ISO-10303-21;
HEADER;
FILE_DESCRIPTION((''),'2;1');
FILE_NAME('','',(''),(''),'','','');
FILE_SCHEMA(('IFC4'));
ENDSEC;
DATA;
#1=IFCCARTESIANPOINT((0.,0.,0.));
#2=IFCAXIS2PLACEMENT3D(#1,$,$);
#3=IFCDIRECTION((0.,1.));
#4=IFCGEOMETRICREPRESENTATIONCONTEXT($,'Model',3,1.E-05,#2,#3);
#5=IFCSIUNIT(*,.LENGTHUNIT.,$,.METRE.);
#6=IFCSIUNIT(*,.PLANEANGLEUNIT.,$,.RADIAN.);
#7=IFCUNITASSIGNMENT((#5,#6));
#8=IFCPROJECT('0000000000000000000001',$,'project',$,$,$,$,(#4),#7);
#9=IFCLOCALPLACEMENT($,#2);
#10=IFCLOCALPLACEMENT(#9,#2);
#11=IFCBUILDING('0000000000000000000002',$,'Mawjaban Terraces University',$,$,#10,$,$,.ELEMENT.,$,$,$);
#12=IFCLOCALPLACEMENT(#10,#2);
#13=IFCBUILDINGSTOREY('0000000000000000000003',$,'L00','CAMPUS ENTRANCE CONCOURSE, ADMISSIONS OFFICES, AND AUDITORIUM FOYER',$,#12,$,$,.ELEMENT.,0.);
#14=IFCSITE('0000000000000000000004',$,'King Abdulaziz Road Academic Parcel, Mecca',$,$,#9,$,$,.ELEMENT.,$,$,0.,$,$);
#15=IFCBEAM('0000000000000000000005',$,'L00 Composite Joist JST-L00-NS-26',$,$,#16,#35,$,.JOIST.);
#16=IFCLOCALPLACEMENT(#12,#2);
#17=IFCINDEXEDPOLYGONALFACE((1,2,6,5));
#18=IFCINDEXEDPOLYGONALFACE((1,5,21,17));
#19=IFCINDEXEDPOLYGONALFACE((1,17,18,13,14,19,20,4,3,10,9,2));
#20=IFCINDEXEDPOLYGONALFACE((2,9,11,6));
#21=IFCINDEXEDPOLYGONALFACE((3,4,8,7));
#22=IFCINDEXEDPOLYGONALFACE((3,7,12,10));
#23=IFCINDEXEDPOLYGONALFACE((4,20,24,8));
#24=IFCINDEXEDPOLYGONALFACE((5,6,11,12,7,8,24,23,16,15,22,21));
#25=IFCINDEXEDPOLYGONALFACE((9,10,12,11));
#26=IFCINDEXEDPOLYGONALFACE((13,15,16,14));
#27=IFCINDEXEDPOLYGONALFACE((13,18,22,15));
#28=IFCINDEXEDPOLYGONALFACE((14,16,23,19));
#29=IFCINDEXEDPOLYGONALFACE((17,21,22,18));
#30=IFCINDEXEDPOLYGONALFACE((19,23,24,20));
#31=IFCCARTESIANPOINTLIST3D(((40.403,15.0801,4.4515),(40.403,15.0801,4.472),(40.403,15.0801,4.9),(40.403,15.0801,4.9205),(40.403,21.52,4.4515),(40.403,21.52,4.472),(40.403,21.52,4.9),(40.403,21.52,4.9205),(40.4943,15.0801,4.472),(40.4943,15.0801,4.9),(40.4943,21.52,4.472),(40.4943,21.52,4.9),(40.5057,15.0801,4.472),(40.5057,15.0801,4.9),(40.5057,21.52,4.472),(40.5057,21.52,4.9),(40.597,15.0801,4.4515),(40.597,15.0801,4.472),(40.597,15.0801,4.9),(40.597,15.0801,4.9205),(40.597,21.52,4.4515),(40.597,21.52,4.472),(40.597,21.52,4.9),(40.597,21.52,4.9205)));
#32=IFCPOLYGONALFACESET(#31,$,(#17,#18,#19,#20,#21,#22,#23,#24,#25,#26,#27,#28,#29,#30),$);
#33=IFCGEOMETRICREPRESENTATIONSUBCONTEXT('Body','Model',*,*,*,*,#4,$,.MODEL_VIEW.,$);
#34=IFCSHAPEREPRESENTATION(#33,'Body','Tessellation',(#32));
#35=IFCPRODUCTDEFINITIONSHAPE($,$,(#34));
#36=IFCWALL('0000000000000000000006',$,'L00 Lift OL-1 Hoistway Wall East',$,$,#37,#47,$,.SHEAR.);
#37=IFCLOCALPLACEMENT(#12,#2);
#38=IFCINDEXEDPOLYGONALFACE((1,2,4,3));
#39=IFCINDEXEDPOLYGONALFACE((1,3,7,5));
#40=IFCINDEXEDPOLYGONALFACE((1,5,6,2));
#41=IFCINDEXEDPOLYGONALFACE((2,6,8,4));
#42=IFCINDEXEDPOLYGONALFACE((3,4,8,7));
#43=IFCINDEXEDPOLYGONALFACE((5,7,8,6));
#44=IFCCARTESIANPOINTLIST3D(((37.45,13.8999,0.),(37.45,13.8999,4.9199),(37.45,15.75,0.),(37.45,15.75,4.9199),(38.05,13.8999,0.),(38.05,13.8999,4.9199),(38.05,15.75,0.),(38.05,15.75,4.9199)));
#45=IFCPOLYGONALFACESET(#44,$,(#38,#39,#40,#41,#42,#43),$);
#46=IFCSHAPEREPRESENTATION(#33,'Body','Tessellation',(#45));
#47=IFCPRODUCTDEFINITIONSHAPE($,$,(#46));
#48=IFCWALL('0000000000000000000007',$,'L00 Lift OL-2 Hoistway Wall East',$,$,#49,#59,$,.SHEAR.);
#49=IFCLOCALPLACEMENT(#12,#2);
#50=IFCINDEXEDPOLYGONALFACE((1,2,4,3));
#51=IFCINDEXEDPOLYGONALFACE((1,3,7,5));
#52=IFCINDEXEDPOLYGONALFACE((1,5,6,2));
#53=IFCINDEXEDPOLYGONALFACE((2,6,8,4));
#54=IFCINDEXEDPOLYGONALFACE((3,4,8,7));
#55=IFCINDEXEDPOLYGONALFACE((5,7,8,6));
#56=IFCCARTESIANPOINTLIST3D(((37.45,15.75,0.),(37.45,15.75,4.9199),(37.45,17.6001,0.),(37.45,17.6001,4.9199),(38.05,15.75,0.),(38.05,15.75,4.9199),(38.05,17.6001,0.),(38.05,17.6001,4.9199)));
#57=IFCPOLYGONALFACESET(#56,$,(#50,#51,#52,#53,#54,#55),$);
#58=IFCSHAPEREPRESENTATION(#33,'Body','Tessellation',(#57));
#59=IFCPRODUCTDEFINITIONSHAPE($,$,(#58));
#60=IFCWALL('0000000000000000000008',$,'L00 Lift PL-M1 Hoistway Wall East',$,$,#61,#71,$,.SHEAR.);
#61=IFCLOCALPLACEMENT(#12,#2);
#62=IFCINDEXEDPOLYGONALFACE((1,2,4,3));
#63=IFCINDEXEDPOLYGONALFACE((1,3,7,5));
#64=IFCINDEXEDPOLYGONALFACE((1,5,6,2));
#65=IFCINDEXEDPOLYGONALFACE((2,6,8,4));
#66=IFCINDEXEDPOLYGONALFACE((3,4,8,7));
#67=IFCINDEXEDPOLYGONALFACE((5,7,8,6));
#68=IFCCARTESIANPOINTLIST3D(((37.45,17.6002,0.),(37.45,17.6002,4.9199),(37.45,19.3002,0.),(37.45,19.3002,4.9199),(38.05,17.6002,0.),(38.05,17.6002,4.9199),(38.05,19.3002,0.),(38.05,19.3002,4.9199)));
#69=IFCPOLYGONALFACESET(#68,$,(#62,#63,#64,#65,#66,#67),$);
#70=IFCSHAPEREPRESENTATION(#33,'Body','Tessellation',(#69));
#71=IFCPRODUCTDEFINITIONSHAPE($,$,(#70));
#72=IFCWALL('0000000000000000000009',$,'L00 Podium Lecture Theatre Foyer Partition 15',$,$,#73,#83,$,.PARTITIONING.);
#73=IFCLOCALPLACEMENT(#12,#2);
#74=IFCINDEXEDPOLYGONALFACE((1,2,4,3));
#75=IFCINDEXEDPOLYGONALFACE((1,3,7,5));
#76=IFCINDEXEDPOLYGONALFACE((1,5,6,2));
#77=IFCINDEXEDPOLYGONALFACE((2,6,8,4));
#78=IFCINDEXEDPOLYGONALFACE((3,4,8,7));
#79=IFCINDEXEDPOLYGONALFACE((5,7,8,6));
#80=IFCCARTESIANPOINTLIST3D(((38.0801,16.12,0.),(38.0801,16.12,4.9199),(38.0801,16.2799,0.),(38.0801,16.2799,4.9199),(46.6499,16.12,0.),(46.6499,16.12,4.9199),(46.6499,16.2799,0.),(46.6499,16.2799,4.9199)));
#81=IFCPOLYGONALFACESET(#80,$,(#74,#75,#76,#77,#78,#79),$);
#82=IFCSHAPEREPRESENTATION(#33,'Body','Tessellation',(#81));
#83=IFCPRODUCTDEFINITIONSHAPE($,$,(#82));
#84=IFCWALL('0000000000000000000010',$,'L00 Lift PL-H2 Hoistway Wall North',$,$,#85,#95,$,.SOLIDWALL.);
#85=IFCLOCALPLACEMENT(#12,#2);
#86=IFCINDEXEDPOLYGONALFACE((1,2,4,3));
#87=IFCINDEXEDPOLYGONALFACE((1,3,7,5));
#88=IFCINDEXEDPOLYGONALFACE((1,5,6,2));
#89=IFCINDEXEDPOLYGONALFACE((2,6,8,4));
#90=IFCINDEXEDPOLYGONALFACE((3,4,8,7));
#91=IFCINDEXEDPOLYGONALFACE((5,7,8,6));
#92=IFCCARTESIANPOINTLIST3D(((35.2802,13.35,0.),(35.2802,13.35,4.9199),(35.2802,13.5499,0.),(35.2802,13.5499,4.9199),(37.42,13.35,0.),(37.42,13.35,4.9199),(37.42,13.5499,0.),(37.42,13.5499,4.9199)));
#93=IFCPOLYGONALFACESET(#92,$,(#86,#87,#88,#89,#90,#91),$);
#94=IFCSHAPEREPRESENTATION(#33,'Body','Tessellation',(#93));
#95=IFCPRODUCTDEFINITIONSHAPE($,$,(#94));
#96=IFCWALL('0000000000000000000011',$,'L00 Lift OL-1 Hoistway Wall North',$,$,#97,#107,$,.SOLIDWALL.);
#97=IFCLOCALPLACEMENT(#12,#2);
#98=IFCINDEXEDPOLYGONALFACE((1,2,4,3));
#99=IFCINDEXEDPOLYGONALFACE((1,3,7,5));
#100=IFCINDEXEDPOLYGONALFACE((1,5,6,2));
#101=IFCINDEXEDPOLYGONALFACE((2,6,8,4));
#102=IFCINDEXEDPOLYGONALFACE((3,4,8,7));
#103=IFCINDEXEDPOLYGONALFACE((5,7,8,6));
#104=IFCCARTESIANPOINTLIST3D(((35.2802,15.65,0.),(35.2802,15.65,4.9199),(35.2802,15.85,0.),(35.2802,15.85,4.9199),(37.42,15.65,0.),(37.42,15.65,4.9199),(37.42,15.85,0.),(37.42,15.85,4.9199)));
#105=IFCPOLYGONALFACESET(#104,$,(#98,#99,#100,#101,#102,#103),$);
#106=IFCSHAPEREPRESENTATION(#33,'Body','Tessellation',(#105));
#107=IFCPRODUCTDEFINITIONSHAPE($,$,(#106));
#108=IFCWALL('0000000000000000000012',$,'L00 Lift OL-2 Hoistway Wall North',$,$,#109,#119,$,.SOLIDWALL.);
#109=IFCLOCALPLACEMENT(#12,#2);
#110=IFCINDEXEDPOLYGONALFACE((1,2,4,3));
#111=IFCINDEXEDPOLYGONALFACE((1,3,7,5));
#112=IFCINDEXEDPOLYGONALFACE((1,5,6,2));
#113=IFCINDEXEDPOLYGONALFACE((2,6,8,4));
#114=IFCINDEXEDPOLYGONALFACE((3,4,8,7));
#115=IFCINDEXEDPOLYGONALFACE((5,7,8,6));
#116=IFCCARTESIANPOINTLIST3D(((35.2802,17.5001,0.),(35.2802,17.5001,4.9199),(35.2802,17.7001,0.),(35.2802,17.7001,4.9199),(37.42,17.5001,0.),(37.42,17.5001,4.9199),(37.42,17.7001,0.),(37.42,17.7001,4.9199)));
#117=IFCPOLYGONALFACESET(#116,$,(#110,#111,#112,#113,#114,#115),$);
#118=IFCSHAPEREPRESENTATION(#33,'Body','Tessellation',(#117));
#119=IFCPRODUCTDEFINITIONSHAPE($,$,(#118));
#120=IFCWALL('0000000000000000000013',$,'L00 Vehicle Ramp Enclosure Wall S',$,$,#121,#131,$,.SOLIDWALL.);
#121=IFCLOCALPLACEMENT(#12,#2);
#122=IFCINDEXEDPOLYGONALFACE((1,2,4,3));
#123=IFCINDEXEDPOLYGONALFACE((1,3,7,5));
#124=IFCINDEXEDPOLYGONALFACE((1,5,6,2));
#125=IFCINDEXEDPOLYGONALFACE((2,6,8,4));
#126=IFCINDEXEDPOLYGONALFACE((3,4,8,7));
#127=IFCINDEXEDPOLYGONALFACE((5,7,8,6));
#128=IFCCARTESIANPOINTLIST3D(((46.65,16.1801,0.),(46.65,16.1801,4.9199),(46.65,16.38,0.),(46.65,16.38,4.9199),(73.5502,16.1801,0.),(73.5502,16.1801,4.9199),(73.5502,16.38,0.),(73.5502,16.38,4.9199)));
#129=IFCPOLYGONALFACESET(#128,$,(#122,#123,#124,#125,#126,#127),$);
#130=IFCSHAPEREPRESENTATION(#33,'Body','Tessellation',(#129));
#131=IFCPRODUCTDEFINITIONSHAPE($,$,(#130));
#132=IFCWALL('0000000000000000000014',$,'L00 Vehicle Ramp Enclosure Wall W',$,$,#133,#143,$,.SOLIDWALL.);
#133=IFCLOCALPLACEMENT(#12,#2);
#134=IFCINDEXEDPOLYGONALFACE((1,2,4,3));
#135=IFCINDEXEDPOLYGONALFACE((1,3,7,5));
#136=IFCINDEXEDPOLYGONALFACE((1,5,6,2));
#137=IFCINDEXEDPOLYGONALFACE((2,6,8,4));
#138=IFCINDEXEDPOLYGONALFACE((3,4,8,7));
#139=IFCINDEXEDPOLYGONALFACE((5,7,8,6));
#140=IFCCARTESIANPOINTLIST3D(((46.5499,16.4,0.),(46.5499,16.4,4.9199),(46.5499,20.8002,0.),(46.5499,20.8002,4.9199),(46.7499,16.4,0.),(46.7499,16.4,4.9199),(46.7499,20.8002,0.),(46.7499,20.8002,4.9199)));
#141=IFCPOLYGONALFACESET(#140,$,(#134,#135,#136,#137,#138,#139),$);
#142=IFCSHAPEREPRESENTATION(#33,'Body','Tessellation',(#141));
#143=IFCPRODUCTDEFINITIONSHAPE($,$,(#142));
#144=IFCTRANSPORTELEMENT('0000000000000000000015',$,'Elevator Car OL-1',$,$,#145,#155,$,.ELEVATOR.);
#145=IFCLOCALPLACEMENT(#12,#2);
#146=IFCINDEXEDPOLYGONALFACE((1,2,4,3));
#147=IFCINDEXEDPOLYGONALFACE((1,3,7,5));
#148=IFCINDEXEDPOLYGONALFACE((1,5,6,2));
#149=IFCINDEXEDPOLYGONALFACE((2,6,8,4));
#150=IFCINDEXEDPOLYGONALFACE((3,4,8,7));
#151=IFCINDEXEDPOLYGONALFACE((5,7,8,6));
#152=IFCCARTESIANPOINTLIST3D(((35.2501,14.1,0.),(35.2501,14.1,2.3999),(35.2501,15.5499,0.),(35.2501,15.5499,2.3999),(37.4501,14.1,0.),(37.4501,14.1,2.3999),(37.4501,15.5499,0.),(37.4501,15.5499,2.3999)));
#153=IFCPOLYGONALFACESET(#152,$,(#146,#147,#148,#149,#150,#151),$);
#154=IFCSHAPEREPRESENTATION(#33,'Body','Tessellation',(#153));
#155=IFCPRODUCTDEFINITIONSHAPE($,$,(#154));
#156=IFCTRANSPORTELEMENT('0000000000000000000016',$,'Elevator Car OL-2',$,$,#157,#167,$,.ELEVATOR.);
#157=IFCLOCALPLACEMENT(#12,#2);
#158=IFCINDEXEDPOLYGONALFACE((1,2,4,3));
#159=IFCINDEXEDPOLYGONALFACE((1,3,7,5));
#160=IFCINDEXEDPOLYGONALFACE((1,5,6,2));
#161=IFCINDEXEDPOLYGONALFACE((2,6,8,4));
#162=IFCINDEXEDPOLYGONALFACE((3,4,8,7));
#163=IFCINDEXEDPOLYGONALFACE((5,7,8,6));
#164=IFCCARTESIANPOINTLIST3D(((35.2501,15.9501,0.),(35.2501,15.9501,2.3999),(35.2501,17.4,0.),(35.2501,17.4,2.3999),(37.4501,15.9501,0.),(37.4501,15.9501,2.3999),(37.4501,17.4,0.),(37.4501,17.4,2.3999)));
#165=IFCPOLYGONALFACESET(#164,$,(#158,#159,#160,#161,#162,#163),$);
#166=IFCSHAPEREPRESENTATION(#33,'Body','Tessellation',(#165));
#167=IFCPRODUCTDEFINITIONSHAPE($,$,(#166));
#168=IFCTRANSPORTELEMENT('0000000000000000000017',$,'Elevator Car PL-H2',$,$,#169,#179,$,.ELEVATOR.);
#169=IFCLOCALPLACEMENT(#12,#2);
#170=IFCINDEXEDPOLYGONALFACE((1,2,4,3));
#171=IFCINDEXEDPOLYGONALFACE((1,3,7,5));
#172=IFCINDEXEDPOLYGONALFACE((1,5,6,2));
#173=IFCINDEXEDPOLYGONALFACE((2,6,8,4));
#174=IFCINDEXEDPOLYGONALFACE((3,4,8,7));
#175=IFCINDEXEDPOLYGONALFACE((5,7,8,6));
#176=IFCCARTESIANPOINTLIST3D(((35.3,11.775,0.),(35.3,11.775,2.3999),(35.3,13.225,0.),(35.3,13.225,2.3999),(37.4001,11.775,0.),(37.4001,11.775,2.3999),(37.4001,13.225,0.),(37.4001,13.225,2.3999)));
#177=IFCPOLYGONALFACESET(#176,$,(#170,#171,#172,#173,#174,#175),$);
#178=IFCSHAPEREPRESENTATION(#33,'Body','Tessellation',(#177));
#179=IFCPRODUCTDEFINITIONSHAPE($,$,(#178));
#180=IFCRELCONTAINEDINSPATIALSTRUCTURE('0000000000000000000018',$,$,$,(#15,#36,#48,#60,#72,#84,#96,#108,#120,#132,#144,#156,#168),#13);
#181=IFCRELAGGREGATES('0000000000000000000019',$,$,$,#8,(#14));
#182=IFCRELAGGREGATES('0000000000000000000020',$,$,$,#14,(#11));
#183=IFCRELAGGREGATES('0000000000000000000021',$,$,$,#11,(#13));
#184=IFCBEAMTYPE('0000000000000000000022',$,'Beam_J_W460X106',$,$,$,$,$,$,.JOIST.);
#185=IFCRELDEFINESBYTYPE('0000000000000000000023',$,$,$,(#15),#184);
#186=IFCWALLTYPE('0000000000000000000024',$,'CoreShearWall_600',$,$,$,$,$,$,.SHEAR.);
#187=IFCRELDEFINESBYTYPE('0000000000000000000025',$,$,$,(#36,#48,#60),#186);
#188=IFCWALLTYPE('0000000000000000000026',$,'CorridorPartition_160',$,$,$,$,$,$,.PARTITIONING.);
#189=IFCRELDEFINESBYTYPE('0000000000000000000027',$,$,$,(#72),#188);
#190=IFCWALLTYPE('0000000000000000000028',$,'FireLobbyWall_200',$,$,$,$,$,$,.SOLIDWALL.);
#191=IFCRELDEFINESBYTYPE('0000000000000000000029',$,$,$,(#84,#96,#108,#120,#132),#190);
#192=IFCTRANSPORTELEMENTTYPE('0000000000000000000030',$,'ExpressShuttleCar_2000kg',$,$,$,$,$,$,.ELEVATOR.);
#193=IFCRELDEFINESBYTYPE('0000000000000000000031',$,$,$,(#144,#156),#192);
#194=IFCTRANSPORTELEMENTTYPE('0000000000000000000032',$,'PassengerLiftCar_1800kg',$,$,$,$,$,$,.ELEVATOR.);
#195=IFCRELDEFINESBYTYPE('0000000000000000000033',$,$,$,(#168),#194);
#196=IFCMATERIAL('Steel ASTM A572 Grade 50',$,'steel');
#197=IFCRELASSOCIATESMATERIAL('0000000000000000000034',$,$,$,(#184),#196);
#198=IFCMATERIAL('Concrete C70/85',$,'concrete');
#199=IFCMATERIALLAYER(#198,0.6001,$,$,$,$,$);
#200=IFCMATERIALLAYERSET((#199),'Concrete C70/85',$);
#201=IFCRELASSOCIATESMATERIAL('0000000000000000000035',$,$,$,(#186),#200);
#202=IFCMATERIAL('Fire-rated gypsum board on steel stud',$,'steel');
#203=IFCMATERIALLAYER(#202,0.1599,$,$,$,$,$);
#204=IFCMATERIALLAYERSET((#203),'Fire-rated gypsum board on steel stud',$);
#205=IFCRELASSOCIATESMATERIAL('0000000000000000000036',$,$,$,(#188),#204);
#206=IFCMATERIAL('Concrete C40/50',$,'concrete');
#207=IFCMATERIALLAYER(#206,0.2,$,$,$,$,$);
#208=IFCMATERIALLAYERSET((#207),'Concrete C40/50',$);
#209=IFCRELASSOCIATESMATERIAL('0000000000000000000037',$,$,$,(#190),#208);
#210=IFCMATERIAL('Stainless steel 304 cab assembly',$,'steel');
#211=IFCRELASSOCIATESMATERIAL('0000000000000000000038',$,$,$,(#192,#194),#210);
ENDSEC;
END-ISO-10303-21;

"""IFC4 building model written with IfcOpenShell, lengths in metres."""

from ifc_helpers import new_model, si_unit, direction, frame, frame_2d, origin, origin_2d, place, context, subcontext, project, spatial, rectangle, i_section, extrude, material, layer, layer_set, material_profile, profile_set, type_object, element, save


model = new_model("IFC4")

# Units and contexts
model_context = context("Model", 3, precision=1e-05, world=origin(), true_north=direction((0.0, 1.0)))
body_context = subcontext(model_context, "Body", "Model", "MODEL_VIEW")
ifc_project = project(units=[si_unit("LENGTHUNIT", "METRE"), si_unit("PLANEANGLEUNIT", "RADIAN")], contexts=[model_context])

# Site, building, storey
site_placement = place(None, origin())
site = spatial("IfcSite", under=ifc_project, at=site_placement, Name="King Abdulaziz Road Academic Parcel, Mecca", CompositionType="ELEMENT", RefElevation=0.0)
building_placement = place(site_placement, origin())
building = spatial("IfcBuilding", under=site, at=building_placement, Name="Mawjaban Terraces University", CompositionType="ELEMENT")
storey_placement = place(building_placement, origin())
storey = spatial("IfcBuildingStorey", under=building, at=storey_placement, Name="L00", Description="CAMPUS ENTRANCE CONCOURSE, ADMISSIONS OFFICES, AND AUDITORIUM FOYER", CompositionType="ELEMENT", Elevation=0.0)

# Shared definitions
ifc_material_1 = material(Name="Concrete C70/85", Category="concrete")

# Beam
ifc_material_2 = material(Name="Steel ASTM A572 Grade 50", Category="steel")
ifc_material_profile_1 = material_profile(ifc_material_2, i_section(OverallWidth=0.1941, OverallDepth=0.469, WebThickness=0.0115, FlangeThickness=0.0205, at=origin_2d()), Name="W460X106")
ifc_profile_set_1 = profile_set([ifc_material_profile_1], Name="Steel ASTM A572 Grade 50")
beam_type_1 = type_object("IfcBeamType", Name="Beam_J_W460X106", PredefinedType="JOIST", material=ifc_profile_set_1)
beam_1_placement = place(storey_placement, frame((40.5, 15.0801, 4.686), z_axis=(0.0, 1.0, 0.0), x_axis=(-1.0, 0.0, 0.0)))
element("IfcBeam", 1, at=beam_1_placement, inside=storey, type_object=beam_type_1, Name="L00 Composite Joist JST-L00-NS-26", PredefinedType="JOIST", context=body_context, shape_type="SweptSolid", body=[
    extrude(i_section(OverallWidth=0.1941, OverallDepth=0.469, WebThickness=0.0115, FlangeThickness=0.0205, at=origin_2d()), origin(), (0.0, 0.0, 1.0), 6.4399),
])

# Walls
ifc_layer_1 = layer(ifc_material_1, 0.6001)
ifc_layer_set_1 = layer_set([ifc_layer_1], Name="Concrete C70/85")
wall_type_1 = type_object("IfcWallType", Name="CoreShearWall_600", PredefinedType="SHEAR", material=ifc_layer_set_1)
for number, where, z_axis, x_axis, name in (
    (2, (37.75, 13.8999, 0.0), (0.0, 0.0, 1.0), (0.0, 1.0, 0.0), "L00 Lift OL-1 Hoistway Wall East"),
    (3, (37.75, 15.75, 0.0), (0.0, 0.0, 1.0), (0.0, 1.0, 0.0), "L00 Lift OL-2 Hoistway Wall East"),
):
    element("IfcWall", number, at=place(storey_placement, frame(where, z_axis=z_axis, x_axis=x_axis)), inside=storey, type_object=wall_type_1, Name=name, PredefinedType="SHEAR", context=body_context, shape_type="SweptSolid", body=[
        extrude(rectangle(XDim=1.8501, YDim=0.6001, at=frame_2d((0.925, 0.0))), origin(), (0.0, 0.0, 1.0), 4.9199),
    ])
wall_1_placement = place(storey_placement, frame((37.75, 17.6001, 0.0), z_axis=(0.0, 0.0, 1.0), x_axis=(0.0, 1.0, 0.0)))
element("IfcWall", 4, at=wall_1_placement, inside=storey, type_object=wall_type_1, Name="L00 Lift PL-M1 Hoistway Wall East", PredefinedType="SHEAR", context=body_context, shape_type="SweptSolid", body=[
    extrude(rectangle(XDim=1.7, YDim=0.6001, at=frame_2d((0.8501, 0.0))), origin(), (0.0, 0.0, 1.0), 4.9199),
])
ifc_material_3 = material(Name="Fire-rated gypsum board on steel stud", Category="steel")
ifc_layer_2 = layer(ifc_material_3, 0.1599)
ifc_layer_set_2 = layer_set([ifc_layer_2], Name="Fire-rated gypsum board on steel stud")
wall_type_2 = type_object("IfcWallType", Name="CorridorPartition_160", PredefinedType="PARTITIONING", material=ifc_layer_set_2)
wall_2_placement = place(storey_placement, frame((46.6499, 16.2, 0.0), z_axis=(0.0, 0.0, 1.0), x_axis=(-1.0, 0.0, 0.0)))
element("IfcWall", 5, at=wall_2_placement, inside=storey, type_object=wall_type_2, Name="L00 Podium Lecture Theatre Foyer Partition 15", PredefinedType="PARTITIONING", context=body_context, shape_type="SweptSolid", body=[
    extrude(rectangle(XDim=8.5698, YDim=0.1599, at=frame_2d((4.2849, 0.0))), origin(), (0.0, 0.0, 1.0), 4.9199),
])
ifc_material_4 = material(Name="Concrete C40/50", Category="concrete")
ifc_layer_3 = layer(ifc_material_4, 0.2)
ifc_layer_set_3 = layer_set([ifc_layer_3], Name="Concrete C40/50")
wall_type_3 = type_object("IfcWallType", Name="FireLobbyWall_200", PredefinedType="SOLIDWALL", material=ifc_layer_set_3)
for number, where, z_axis, x_axis, name in (
    (6, (37.4199, 13.45, 0.0), (0.0, 0.0, 1.0), (-1.0, 0.0, 0.0), "L00 Lift PL-H2 Hoistway Wall North"),
    (7, (37.4199, 15.75, 0.0), (0.0, 0.0, 1.0), (-1.0, 0.0, 0.0), "L00 Lift OL-1 Hoistway Wall North"),
    (8, (37.4199, 17.6001, 0.0), (0.0, 0.0, 1.0), (-1.0, 0.0, 0.0), "L00 Lift OL-2 Hoistway Wall North"),
):
    element("IfcWall", number, at=place(storey_placement, frame(where, z_axis=z_axis, x_axis=x_axis)), inside=storey, type_object=wall_type_3, Name=name, PredefinedType="SOLIDWALL", context=body_context, shape_type="SweptSolid", body=[
        extrude(rectangle(XDim=2.1399, YDim=0.2, at=frame_2d((1.0698, 0.0))), origin(), (0.0, 0.0, 1.0), 4.9199),
    ])
wall_3_placement = place(storey_placement, frame((46.6499, 16.28, 0.0), z_axis=(0.0, 0.0, 1.0), x_axis=(1.0, 0.0, 0.0)))
element("IfcWall", 9, at=wall_3_placement, inside=storey, type_object=wall_type_3, Name="L00 Vehicle Ramp Enclosure Wall S", PredefinedType="SOLIDWALL", context=body_context, shape_type="SweptSolid", body=[
    extrude(rectangle(XDim=26.9001, YDim=0.2, at=frame_2d((13.4502, 0.0))), origin(), (0.0, 0.0, 1.0), 4.9199),
])
wall_4_placement = place(storey_placement, frame((46.6499, 16.3999, 0.0), z_axis=(0.0, 0.0, 1.0), x_axis=(0.0, 1.0, 0.0)))
element("IfcWall", 10, at=wall_4_placement, inside=storey, type_object=wall_type_3, Name="L00 Vehicle Ramp Enclosure Wall W", PredefinedType="SOLIDWALL", context=body_context, shape_type="SweptSolid", body=[
    extrude(rectangle(XDim=4.4001, YDim=0.2, at=frame_2d((2.2002, 0.0))), origin(), (0.0, 0.0, 1.0), 4.9199),
])

# Transport elements
ifc_material_5 = material(Name="Stainless steel 304 cab assembly", Category="steel")
transport_element_type_1 = type_object("IfcTransportElementType", Name="ExpressShuttleCar_2000kg", PredefinedType="ELEVATOR", material=ifc_material_5)
for number, where, z_axis, x_axis, name in (
    (11, (36.3501, 14.825, 0.0), (0.0, 0.0, 1.0), (1.0, 0.0, 0.0), "Elevator Car OL-1"),
    (12, (36.3501, 16.675, 0.0), (0.0, 0.0, 1.0), (1.0, 0.0, 0.0), "Elevator Car OL-2"),
):
    element("IfcTransportElement", number, at=place(storey_placement, frame(where, z_axis=z_axis, x_axis=x_axis)), inside=storey, type_object=transport_element_type_1, Name=name, PredefinedType="ELEVATOR", context=body_context, shape_type="SweptSolid", body=[
        extrude(rectangle(XDim=2.2, YDim=1.45, at=origin_2d()), origin(), (0.0, 0.0, 1.0), 2.3999),
    ])
transport_element_type_2 = type_object("IfcTransportElementType", Name="PassengerLiftCar_1800kg", PredefinedType="ELEVATOR", material=ifc_material_5)
transport_element_placement = place(storey_placement, frame((36.3501, 12.5, 0.0), z_axis=(0.0, 0.0, 1.0), x_axis=(1.0, 0.0, 0.0)))
element("IfcTransportElement", 13, at=transport_element_placement, inside=storey, type_object=transport_element_type_2, Name="Elevator Car PL-H2", PredefinedType="ELEVATOR", context=body_context, shape_type="SweptSolid", body=[
    extrude(rectangle(XDim=2.1001, YDim=1.45, at=origin_2d()), origin(), (0.0, 0.0, 1.0), 2.3999),
])

save(model, "model.ifc")
